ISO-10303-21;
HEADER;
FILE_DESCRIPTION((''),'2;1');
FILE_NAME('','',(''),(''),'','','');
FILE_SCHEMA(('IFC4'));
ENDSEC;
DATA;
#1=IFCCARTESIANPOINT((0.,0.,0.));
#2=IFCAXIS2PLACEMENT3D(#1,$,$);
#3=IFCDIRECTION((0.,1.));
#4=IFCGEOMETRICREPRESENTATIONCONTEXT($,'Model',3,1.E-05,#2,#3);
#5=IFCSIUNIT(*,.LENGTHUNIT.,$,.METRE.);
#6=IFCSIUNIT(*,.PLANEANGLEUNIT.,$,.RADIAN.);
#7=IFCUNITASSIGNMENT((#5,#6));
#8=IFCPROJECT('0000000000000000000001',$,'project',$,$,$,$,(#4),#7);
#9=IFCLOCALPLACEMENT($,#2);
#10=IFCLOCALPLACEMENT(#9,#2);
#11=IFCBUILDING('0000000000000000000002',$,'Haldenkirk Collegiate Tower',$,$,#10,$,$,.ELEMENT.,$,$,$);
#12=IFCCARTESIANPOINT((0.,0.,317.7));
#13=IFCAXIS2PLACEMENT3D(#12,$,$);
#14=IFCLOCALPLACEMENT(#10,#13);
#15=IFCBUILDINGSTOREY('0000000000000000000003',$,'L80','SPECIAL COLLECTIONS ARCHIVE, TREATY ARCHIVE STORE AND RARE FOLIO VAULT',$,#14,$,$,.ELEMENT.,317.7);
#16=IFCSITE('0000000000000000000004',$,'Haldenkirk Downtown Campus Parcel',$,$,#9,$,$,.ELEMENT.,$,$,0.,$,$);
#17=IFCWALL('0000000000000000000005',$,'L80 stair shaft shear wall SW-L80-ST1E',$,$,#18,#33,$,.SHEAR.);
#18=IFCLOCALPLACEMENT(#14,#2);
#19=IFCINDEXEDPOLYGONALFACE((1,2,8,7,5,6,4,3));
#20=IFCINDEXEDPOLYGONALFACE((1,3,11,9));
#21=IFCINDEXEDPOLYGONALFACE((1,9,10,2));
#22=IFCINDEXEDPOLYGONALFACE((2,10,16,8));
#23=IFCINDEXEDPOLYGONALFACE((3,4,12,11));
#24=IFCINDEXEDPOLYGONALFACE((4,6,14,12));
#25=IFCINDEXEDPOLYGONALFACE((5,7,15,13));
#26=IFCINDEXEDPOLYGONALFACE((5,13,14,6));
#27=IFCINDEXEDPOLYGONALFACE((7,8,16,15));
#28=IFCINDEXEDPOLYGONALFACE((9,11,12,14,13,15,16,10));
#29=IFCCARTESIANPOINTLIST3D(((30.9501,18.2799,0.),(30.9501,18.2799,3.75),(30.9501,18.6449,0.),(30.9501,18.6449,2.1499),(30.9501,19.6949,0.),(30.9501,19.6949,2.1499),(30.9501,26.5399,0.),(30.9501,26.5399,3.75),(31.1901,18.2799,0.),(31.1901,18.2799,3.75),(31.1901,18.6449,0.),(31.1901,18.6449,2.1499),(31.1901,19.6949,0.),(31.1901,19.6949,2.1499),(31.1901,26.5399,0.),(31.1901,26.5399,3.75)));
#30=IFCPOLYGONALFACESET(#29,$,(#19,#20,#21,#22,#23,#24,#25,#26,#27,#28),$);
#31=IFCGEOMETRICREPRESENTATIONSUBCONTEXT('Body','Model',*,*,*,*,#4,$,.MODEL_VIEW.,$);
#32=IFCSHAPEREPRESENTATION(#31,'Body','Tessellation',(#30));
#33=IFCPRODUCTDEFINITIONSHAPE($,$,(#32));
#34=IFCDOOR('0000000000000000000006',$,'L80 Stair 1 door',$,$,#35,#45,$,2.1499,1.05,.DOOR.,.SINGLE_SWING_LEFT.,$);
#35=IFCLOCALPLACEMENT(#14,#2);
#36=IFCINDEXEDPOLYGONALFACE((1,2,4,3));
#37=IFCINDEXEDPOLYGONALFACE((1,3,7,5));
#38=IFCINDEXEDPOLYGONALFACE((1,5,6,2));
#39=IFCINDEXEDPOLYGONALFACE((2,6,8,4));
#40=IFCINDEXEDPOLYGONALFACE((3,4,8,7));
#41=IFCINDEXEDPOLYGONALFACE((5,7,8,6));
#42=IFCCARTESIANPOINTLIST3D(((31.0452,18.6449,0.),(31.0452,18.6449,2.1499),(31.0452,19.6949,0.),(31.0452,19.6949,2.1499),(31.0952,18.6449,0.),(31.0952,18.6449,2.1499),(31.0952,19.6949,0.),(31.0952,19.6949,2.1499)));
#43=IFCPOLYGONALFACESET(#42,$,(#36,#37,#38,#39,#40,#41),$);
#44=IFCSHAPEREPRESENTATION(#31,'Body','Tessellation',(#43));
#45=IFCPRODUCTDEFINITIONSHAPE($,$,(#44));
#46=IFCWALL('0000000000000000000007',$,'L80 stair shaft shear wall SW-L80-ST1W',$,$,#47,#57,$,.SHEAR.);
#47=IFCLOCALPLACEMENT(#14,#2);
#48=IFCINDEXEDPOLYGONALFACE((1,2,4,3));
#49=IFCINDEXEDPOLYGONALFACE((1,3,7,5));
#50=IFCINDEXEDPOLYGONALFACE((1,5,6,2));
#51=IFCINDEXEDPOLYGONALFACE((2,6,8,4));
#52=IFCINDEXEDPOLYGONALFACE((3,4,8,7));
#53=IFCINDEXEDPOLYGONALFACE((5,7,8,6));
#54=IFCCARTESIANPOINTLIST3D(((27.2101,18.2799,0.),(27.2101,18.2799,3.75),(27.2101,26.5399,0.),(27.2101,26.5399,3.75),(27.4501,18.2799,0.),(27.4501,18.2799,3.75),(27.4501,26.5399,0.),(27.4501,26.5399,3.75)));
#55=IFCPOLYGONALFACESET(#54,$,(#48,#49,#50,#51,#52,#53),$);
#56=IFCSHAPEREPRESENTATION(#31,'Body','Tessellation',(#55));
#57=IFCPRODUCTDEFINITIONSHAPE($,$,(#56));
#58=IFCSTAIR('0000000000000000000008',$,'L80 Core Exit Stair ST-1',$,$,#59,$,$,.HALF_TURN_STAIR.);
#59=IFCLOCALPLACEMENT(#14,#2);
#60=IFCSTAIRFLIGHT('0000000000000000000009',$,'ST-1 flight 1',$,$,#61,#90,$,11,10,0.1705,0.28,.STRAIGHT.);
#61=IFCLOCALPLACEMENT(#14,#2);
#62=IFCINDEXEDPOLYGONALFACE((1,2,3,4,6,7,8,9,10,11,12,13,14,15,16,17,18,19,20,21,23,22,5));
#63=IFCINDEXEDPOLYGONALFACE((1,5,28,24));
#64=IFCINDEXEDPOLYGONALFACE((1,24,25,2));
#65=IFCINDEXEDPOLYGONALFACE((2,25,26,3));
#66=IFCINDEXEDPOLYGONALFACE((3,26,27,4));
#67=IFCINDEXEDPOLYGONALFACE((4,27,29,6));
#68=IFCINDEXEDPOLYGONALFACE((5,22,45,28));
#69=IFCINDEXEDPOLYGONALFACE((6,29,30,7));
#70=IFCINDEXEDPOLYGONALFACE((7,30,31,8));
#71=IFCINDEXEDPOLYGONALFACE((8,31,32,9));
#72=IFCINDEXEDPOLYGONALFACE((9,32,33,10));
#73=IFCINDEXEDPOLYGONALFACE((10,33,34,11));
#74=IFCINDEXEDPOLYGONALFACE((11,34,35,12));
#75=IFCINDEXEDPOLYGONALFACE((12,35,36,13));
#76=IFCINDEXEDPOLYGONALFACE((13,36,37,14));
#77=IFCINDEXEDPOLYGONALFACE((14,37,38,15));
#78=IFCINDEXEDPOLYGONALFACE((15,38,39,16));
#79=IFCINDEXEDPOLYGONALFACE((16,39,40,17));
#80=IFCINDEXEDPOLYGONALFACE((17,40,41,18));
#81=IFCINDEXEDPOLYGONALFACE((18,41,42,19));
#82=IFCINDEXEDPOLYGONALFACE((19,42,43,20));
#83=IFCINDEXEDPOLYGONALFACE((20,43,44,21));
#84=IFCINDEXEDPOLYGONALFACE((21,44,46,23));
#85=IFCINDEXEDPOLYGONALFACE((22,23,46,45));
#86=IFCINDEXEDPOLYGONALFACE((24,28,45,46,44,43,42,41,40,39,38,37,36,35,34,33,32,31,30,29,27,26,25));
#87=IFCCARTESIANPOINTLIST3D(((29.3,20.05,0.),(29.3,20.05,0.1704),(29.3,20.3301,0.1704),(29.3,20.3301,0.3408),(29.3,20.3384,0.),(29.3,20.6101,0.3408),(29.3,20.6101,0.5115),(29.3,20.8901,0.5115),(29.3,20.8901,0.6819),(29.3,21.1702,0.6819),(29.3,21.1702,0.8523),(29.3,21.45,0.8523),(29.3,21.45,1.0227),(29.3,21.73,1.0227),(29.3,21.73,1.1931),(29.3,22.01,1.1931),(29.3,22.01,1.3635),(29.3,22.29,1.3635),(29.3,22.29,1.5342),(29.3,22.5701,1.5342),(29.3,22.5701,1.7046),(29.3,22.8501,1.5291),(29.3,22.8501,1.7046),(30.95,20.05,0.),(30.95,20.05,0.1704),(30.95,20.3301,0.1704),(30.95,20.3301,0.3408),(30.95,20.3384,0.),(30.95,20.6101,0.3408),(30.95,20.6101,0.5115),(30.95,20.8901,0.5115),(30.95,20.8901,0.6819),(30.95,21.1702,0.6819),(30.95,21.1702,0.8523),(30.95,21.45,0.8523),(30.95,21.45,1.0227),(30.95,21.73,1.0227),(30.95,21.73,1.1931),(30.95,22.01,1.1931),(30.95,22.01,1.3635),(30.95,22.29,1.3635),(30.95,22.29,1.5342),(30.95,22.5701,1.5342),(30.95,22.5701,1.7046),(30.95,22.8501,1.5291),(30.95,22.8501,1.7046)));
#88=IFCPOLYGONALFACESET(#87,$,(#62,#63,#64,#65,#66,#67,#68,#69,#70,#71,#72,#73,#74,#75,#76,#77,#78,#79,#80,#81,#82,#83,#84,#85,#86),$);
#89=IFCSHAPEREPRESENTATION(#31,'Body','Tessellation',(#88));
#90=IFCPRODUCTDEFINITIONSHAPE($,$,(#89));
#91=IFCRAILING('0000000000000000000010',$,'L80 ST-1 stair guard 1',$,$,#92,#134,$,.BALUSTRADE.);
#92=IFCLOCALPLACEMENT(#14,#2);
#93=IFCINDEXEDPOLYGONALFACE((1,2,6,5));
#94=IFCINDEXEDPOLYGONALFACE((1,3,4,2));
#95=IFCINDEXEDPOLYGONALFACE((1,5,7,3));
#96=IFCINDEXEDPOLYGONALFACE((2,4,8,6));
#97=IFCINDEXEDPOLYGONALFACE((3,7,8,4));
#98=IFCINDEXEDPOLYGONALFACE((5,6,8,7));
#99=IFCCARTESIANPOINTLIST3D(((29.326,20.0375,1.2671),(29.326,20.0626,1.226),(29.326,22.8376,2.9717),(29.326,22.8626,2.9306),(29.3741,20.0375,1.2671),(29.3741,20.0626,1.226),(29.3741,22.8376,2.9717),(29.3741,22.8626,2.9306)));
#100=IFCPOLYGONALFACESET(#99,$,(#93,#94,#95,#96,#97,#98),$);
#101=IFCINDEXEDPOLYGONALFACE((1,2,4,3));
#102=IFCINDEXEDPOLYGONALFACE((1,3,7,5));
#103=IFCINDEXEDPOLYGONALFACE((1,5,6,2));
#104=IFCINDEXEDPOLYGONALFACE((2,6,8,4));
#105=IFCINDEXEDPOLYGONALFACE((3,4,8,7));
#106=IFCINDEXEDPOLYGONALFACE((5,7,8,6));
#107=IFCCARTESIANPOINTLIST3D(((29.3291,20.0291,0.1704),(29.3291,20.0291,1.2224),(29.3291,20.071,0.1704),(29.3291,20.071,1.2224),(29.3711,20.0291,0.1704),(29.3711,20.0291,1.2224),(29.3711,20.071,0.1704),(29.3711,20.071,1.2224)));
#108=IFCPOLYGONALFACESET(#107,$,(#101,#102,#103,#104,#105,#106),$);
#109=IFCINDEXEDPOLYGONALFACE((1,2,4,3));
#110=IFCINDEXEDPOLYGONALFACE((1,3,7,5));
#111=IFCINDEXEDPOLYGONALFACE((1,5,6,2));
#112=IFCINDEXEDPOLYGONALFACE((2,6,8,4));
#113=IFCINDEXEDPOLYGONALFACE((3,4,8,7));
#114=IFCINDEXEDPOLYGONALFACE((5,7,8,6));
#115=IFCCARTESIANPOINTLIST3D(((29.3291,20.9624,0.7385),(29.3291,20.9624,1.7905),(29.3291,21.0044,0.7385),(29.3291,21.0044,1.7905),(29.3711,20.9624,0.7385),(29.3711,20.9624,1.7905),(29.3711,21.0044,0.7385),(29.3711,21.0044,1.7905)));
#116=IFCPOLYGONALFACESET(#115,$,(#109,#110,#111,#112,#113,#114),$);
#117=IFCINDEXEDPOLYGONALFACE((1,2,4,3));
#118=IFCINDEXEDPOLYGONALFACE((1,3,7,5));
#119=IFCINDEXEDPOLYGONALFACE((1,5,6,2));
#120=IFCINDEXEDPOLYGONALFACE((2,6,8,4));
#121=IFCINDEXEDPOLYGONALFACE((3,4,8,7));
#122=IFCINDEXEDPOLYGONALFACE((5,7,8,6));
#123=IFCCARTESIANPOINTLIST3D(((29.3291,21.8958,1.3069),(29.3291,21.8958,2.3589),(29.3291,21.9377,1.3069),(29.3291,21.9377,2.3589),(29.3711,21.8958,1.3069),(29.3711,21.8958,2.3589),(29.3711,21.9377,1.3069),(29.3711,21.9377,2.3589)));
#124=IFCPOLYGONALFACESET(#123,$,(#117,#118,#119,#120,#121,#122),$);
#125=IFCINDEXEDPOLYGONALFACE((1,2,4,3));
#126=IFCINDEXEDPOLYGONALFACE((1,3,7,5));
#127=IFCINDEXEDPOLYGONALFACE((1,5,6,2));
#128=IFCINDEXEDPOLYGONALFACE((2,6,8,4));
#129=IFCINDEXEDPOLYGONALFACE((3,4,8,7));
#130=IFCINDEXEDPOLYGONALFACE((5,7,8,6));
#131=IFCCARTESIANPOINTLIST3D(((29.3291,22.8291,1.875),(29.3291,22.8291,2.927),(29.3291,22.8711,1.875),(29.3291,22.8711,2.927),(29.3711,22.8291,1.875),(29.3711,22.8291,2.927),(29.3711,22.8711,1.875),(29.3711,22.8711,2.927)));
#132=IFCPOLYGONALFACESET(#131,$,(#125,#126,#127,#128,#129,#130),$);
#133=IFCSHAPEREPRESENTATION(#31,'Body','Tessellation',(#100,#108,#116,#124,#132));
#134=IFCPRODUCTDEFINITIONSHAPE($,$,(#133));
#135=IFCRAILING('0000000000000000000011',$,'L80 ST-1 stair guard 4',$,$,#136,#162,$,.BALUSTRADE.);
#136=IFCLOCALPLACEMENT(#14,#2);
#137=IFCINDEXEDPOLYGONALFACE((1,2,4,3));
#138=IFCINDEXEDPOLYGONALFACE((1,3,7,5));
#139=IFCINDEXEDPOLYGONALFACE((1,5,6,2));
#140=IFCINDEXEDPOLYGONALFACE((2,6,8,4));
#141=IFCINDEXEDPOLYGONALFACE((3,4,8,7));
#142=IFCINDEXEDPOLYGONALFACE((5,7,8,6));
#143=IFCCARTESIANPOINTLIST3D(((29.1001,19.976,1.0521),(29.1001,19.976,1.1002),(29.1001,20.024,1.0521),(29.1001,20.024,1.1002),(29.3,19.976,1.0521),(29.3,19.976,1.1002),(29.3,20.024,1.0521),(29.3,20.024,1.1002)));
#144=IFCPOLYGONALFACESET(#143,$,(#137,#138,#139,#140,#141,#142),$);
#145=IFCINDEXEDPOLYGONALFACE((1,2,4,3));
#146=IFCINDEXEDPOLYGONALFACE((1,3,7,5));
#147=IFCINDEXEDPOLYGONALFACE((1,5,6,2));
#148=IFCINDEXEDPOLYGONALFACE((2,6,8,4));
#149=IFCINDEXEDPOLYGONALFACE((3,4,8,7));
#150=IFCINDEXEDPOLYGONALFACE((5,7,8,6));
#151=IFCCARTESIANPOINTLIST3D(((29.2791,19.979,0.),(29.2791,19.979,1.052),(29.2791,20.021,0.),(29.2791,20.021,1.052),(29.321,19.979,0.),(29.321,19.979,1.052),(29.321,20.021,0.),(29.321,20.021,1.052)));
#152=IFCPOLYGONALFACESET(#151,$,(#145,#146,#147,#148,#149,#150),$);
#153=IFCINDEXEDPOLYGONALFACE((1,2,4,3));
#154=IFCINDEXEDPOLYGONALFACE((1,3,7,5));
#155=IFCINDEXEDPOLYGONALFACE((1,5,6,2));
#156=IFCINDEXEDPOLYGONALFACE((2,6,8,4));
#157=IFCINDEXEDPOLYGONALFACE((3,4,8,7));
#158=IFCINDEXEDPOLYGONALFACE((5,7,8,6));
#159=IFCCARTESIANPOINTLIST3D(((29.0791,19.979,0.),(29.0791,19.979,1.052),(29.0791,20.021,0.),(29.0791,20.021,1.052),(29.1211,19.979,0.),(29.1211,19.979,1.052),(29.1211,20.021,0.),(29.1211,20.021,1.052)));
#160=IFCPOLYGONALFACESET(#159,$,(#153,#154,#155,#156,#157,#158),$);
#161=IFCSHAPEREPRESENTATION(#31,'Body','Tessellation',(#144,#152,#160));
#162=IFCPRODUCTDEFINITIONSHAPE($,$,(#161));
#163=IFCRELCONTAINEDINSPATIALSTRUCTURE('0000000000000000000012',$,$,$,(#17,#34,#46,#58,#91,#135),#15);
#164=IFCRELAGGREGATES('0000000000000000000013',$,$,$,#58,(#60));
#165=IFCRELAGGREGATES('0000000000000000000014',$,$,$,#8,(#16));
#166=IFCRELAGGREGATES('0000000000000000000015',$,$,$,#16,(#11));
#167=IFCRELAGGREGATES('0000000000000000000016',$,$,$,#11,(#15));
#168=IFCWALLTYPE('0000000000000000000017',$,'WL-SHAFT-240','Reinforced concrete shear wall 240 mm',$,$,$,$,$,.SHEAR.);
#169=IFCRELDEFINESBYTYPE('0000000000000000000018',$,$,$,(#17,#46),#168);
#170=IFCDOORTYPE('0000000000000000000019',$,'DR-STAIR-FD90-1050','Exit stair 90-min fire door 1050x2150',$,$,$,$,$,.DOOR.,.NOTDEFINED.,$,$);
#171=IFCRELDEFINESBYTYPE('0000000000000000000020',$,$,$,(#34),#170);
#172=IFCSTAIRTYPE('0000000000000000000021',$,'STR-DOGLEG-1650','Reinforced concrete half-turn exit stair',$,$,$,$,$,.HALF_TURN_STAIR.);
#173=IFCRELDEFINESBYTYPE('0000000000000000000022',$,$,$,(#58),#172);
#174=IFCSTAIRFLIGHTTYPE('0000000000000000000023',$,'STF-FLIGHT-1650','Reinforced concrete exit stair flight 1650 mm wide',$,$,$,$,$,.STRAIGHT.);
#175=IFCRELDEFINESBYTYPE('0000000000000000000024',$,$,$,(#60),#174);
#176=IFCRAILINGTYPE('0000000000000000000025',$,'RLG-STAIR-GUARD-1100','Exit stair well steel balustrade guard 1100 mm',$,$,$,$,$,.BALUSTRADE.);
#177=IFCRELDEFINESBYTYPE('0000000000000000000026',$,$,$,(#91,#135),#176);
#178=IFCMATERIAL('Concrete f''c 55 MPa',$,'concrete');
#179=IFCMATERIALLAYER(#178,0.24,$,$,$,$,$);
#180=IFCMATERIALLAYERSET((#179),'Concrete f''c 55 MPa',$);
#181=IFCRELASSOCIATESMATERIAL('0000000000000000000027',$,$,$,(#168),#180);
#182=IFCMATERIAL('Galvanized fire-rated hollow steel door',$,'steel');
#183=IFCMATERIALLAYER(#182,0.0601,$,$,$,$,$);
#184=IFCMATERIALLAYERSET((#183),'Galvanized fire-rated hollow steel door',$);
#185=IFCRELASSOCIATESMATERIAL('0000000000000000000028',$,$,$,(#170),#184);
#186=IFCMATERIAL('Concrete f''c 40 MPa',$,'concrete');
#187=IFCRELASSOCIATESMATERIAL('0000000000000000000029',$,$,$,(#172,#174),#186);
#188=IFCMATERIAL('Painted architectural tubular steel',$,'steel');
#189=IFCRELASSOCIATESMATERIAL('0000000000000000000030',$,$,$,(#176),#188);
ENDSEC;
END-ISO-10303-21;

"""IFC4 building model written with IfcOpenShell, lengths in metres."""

from ifc_helpers import new_model, si_unit, direction, frame, frame_2d, origin, origin_2d, place, context, subcontext, project, spatial, polyline, rectangle, outline, extrude, material, layer, layer_set, type_object, element, fill, aggregate, save


model = new_model("IFC4")

# Units and contexts
model_context = context("Model", 3, precision=1e-05, world=origin(), true_north=direction((0.0, 1.0)))
body_context = subcontext(model_context, "Body", "Model", "MODEL_VIEW")
ifc_project = project(units=[si_unit("LENGTHUNIT", "METRE"), si_unit("PLANEANGLEUNIT", "RADIAN")], contexts=[model_context])

# Site, building, storey
site_placement = place(None, origin())
site = spatial("IfcSite", under=ifc_project, at=site_placement, Name="Haldenkirk Downtown Campus Parcel", CompositionType="ELEMENT", RefElevation=0.0)
building_placement = place(site_placement, origin())
building = spatial("IfcBuilding", under=site, at=building_placement, Name="Haldenkirk Collegiate Tower", CompositionType="ELEMENT")
storey_placement = place(building_placement, frame((0.0, 0.0, 317.7)))
storey = spatial("IfcBuildingStorey", under=building, at=storey_placement, Name="L80", Description="SPECIAL COLLECTIONS ARCHIVE, TREATY ARCHIVE STORE AND RARE FOLIO VAULT", CompositionType="ELEMENT", Elevation=317.7)

# Shared definitions
ifc_material_1 = material(Name="Concrete f'c 55 MPa", Category="concrete")
ifc_material_2 = material(Name="Galvanized fire-rated hollow steel door", Category="steel")

# Wall, opening, door
ifc_layer_1 = layer(ifc_material_1, 0.24)
ifc_layer_set_1 = layer_set([ifc_layer_1], Name="Concrete f'c 55 MPa")
wall_type_1 = type_object("IfcWallType", Name="WL-SHAFT-240", Description="Reinforced concrete shear wall 240 mm", PredefinedType="SHEAR", material=ifc_layer_set_1)
wall_1_placement = place(storey_placement, frame((31.0701, 18.28, 0.0), z_axis=(0.0, 0.0, 1.0), x_axis=(0.0, 1.0, 0.0)))
wall_1 = element("IfcWall", 1, at=wall_1_placement, inside=storey, type_object=wall_type_1, Name="L80 stair shaft shear wall SW-L80-ST1E", PredefinedType="SHEAR", context=body_context, shape_type="SweptSolid", body=[
    extrude(rectangle(XDim=8.26, YDim=0.24, at=frame_2d((4.1299, 0.0))), origin(), (0.0, 0.0, 1.0), 3.75),
])
opening_1_placement = place(wall_1_placement, frame((0.365, 0.0, 0.0)))
opening_1 = element("IfcOpeningElement", 2, at=opening_1_placement, cuts=wall_1, PredefinedType="OPENING", context=body_context, shape_type="SweptSolid", body=[
    extrude(rectangle(XDim=1.05, YDim=2.1499, at=frame_2d((0.5249, 1.075))), frame((0.0, 0.1299, 0.0), z_axis=(0.0, -1.0, 0.0), x_axis=(1.0, 0.0, 0.0)), (0.0, 0.0, 1.0), 0.26),
])
ifc_layer_2 = layer(ifc_material_2, 0.0601)
ifc_layer_set_2 = layer_set([ifc_layer_2], Name="Galvanized fire-rated hollow steel door")
door_type_1 = type_object("IfcDoorType", Name="DR-STAIR-FD90-1050", Description="Exit stair 90-min fire door 1050x2150", OperationType="NOTDEFINED", PredefinedType="DOOR", material=ifc_layer_set_2)
door_1_placement = place(opening_1_placement, origin())
door_1 = element("IfcDoor", 3, at=door_1_placement, inside=storey, type_object=door_type_1, Name="L80 Stair 1 door", OperationType="SINGLE_SWING_LEFT", OverallHeight=2.1499, OverallWidth=1.05, PredefinedType="DOOR", context=body_context, shape_type="SweptSolid", body=[
    extrude(rectangle(XDim=1.05, YDim=2.1499, at=frame_2d((0.5249, 1.075))), frame((0.0, 0.0249, 0.0), z_axis=(0.0, -1.0, 0.0), x_axis=(1.0, 0.0, 0.0)), (0.0, 0.0, 1.0), 0.05),
])
fill(opening_1, door_1)

# Wall
wall_2_placement = place(storey_placement, frame((27.3301, 18.28, 0.0), z_axis=(0.0, 0.0, 1.0), x_axis=(0.0, 1.0, 0.0)))
element("IfcWall", 4, at=wall_2_placement, inside=storey, type_object=wall_type_1, Name="L80 stair shaft shear wall SW-L80-ST1W", PredefinedType="SHEAR", context=body_context, shape_type="SweptSolid", body=[
    extrude(rectangle(XDim=8.26, YDim=0.24, at=frame_2d((4.1299, 0.0))), origin(), (0.0, 0.0, 1.0), 3.75),
])

# Stair, stair flight
ifc_material_3 = material(Name="Concrete f'c 40 MPa", Category="concrete")
stair_type = type_object("IfcStairType", Name="STR-DOGLEG-1650", Description="Reinforced concrete half-turn exit stair", PredefinedType="HALF_TURN_STAIR", material=ifc_material_3)
stair_placement = place(storey_placement, origin())
stair = element("IfcStair", 5, at=stair_placement, inside=storey, type_object=stair_type, Name="L80 Core Exit Stair ST-1", PredefinedType="HALF_TURN_STAIR")
stair_flight_type = type_object("IfcStairFlightType", Name="STF-FLIGHT-1650", Description="Reinforced concrete exit stair flight 1650 mm wide", PredefinedType="STRAIGHT", material=ifc_material_3)
stair_flight_placement = place(storey_placement, frame((30.125, 20.05, 0.0), z_axis=(0.0, 0.0, 1.0), x_axis=(0.0, 1.0, 0.0)))
stair_flight = element("IfcStairFlight", 6, at=stair_flight_placement, type_object=stair_flight_type, Name="ST-1 flight 1", NumberOfRisers=11, NumberOfTreads=10, PredefinedType="STRAIGHT", RiserHeight=0.1705, TreadLength=0.28, context=body_context, shape_type="SweptSolid", body=[
    extrude(outline(polyline([(0.0, 0.0), (0.0, 0.1704), (0.28, 0.1704), (0.28, 0.3408), (0.5601, 0.3408), (0.5601, 0.5115), (0.8401, 0.5115), (0.8401, 0.6819), (1.1201, 0.6819), (1.1201, 0.8523), (1.3999, 0.8523), (1.3999, 1.0227), (1.6799, 1.0227), (1.6799, 1.1931), (1.96, 1.1931), (1.96, 1.3635), (2.24, 1.3635), (2.24, 1.5342), (2.52, 1.5342), (2.52, 1.7046), (2.8, 1.7046), (2.8, 1.875), (2.8, 1.5291), (0.2883, 0.0), (0.0, 0.0)])), frame((0.0, 0.825, 0.0), z_axis=(0.0, -1.0, 0.0), x_axis=(1.0, 0.0, 0.0)), (0.0, 0.0, 1.0), 1.6499),
])
aggregate(stair, [stair_flight])

# Railings
ifc_material_4 = material(Name="Painted architectural tubular steel", Category="steel")
railing_type_1 = type_object("IfcRailingType", Name="RLG-STAIR-GUARD-1100", Description="Exit stair well steel balustrade guard 1100 mm", PredefinedType="BALUSTRADE", material=ifc_material_4)
railing_1_placement = place(storey_placement, frame((29.3501, 20.05, 0.1704)))
element("IfcRailing", 7, at=railing_1_placement, inside=storey, type_object=railing_type_1, Name="L80 ST-1 stair guard 1", PredefinedType="BALUSTRADE", context=body_context, shape_type="SweptSolid", body=[
    extrude(rectangle(XDim=0.0481, YDim=0.0481, at=origin_2d()), frame((0.0, 0.0, 1.0762), z_axis=(0.0, 0.85417, 0.519994), x_axis=(-1.0, 0.0, 0.0)), (0.0, 0.0, 1.0), 3.2781),
    extrude(rectangle(XDim=0.042, YDim=0.042, at=origin_2d()), origin(), (0.0, 0.0, 1.0), 1.052),
    extrude(rectangle(XDim=0.042, YDim=0.042, at=origin_2d()), frame((0.0, 0.9333, 0.5681)), (0.0, 0.0, 1.0), 1.052),
    extrude(rectangle(XDim=0.042, YDim=0.042, at=origin_2d()), frame((0.0, 1.8667, 1.1365)), (0.0, 0.0, 1.0), 1.052),
    extrude(rectangle(XDim=0.042, YDim=0.042, at=origin_2d()), frame((0.0, 2.8, 1.7046)), (0.0, 0.0, 1.0), 1.052),
])
railing_2_placement = place(storey_placement, frame((29.3, 20.0, 0.0)))
element("IfcRailing", 8, at=railing_2_placement, inside=storey, type_object=railing_type_1, Name="L80 ST-1 stair guard 4", PredefinedType="BALUSTRADE", context=body_context, shape_type="SweptSolid", body=[
    extrude(rectangle(XDim=0.0481, YDim=0.0481, at=origin_2d()), frame((0.0, 0.0, 1.0762), z_axis=(-1.0, 0.0, 0.0), x_axis=(0.0, -1.0, 0.0)), (0.0, 0.0, 1.0), 0.2),
    extrude(rectangle(XDim=0.042, YDim=0.042, at=origin_2d()), origin(), (0.0, 0.0, 1.0), 1.052),
    extrude(rectangle(XDim=0.042, YDim=0.042, at=origin_2d()), frame((-0.2, 0.0, 0.0)), (0.0, 0.0, 1.0), 1.052),
])

save(model, "model.ifc")
